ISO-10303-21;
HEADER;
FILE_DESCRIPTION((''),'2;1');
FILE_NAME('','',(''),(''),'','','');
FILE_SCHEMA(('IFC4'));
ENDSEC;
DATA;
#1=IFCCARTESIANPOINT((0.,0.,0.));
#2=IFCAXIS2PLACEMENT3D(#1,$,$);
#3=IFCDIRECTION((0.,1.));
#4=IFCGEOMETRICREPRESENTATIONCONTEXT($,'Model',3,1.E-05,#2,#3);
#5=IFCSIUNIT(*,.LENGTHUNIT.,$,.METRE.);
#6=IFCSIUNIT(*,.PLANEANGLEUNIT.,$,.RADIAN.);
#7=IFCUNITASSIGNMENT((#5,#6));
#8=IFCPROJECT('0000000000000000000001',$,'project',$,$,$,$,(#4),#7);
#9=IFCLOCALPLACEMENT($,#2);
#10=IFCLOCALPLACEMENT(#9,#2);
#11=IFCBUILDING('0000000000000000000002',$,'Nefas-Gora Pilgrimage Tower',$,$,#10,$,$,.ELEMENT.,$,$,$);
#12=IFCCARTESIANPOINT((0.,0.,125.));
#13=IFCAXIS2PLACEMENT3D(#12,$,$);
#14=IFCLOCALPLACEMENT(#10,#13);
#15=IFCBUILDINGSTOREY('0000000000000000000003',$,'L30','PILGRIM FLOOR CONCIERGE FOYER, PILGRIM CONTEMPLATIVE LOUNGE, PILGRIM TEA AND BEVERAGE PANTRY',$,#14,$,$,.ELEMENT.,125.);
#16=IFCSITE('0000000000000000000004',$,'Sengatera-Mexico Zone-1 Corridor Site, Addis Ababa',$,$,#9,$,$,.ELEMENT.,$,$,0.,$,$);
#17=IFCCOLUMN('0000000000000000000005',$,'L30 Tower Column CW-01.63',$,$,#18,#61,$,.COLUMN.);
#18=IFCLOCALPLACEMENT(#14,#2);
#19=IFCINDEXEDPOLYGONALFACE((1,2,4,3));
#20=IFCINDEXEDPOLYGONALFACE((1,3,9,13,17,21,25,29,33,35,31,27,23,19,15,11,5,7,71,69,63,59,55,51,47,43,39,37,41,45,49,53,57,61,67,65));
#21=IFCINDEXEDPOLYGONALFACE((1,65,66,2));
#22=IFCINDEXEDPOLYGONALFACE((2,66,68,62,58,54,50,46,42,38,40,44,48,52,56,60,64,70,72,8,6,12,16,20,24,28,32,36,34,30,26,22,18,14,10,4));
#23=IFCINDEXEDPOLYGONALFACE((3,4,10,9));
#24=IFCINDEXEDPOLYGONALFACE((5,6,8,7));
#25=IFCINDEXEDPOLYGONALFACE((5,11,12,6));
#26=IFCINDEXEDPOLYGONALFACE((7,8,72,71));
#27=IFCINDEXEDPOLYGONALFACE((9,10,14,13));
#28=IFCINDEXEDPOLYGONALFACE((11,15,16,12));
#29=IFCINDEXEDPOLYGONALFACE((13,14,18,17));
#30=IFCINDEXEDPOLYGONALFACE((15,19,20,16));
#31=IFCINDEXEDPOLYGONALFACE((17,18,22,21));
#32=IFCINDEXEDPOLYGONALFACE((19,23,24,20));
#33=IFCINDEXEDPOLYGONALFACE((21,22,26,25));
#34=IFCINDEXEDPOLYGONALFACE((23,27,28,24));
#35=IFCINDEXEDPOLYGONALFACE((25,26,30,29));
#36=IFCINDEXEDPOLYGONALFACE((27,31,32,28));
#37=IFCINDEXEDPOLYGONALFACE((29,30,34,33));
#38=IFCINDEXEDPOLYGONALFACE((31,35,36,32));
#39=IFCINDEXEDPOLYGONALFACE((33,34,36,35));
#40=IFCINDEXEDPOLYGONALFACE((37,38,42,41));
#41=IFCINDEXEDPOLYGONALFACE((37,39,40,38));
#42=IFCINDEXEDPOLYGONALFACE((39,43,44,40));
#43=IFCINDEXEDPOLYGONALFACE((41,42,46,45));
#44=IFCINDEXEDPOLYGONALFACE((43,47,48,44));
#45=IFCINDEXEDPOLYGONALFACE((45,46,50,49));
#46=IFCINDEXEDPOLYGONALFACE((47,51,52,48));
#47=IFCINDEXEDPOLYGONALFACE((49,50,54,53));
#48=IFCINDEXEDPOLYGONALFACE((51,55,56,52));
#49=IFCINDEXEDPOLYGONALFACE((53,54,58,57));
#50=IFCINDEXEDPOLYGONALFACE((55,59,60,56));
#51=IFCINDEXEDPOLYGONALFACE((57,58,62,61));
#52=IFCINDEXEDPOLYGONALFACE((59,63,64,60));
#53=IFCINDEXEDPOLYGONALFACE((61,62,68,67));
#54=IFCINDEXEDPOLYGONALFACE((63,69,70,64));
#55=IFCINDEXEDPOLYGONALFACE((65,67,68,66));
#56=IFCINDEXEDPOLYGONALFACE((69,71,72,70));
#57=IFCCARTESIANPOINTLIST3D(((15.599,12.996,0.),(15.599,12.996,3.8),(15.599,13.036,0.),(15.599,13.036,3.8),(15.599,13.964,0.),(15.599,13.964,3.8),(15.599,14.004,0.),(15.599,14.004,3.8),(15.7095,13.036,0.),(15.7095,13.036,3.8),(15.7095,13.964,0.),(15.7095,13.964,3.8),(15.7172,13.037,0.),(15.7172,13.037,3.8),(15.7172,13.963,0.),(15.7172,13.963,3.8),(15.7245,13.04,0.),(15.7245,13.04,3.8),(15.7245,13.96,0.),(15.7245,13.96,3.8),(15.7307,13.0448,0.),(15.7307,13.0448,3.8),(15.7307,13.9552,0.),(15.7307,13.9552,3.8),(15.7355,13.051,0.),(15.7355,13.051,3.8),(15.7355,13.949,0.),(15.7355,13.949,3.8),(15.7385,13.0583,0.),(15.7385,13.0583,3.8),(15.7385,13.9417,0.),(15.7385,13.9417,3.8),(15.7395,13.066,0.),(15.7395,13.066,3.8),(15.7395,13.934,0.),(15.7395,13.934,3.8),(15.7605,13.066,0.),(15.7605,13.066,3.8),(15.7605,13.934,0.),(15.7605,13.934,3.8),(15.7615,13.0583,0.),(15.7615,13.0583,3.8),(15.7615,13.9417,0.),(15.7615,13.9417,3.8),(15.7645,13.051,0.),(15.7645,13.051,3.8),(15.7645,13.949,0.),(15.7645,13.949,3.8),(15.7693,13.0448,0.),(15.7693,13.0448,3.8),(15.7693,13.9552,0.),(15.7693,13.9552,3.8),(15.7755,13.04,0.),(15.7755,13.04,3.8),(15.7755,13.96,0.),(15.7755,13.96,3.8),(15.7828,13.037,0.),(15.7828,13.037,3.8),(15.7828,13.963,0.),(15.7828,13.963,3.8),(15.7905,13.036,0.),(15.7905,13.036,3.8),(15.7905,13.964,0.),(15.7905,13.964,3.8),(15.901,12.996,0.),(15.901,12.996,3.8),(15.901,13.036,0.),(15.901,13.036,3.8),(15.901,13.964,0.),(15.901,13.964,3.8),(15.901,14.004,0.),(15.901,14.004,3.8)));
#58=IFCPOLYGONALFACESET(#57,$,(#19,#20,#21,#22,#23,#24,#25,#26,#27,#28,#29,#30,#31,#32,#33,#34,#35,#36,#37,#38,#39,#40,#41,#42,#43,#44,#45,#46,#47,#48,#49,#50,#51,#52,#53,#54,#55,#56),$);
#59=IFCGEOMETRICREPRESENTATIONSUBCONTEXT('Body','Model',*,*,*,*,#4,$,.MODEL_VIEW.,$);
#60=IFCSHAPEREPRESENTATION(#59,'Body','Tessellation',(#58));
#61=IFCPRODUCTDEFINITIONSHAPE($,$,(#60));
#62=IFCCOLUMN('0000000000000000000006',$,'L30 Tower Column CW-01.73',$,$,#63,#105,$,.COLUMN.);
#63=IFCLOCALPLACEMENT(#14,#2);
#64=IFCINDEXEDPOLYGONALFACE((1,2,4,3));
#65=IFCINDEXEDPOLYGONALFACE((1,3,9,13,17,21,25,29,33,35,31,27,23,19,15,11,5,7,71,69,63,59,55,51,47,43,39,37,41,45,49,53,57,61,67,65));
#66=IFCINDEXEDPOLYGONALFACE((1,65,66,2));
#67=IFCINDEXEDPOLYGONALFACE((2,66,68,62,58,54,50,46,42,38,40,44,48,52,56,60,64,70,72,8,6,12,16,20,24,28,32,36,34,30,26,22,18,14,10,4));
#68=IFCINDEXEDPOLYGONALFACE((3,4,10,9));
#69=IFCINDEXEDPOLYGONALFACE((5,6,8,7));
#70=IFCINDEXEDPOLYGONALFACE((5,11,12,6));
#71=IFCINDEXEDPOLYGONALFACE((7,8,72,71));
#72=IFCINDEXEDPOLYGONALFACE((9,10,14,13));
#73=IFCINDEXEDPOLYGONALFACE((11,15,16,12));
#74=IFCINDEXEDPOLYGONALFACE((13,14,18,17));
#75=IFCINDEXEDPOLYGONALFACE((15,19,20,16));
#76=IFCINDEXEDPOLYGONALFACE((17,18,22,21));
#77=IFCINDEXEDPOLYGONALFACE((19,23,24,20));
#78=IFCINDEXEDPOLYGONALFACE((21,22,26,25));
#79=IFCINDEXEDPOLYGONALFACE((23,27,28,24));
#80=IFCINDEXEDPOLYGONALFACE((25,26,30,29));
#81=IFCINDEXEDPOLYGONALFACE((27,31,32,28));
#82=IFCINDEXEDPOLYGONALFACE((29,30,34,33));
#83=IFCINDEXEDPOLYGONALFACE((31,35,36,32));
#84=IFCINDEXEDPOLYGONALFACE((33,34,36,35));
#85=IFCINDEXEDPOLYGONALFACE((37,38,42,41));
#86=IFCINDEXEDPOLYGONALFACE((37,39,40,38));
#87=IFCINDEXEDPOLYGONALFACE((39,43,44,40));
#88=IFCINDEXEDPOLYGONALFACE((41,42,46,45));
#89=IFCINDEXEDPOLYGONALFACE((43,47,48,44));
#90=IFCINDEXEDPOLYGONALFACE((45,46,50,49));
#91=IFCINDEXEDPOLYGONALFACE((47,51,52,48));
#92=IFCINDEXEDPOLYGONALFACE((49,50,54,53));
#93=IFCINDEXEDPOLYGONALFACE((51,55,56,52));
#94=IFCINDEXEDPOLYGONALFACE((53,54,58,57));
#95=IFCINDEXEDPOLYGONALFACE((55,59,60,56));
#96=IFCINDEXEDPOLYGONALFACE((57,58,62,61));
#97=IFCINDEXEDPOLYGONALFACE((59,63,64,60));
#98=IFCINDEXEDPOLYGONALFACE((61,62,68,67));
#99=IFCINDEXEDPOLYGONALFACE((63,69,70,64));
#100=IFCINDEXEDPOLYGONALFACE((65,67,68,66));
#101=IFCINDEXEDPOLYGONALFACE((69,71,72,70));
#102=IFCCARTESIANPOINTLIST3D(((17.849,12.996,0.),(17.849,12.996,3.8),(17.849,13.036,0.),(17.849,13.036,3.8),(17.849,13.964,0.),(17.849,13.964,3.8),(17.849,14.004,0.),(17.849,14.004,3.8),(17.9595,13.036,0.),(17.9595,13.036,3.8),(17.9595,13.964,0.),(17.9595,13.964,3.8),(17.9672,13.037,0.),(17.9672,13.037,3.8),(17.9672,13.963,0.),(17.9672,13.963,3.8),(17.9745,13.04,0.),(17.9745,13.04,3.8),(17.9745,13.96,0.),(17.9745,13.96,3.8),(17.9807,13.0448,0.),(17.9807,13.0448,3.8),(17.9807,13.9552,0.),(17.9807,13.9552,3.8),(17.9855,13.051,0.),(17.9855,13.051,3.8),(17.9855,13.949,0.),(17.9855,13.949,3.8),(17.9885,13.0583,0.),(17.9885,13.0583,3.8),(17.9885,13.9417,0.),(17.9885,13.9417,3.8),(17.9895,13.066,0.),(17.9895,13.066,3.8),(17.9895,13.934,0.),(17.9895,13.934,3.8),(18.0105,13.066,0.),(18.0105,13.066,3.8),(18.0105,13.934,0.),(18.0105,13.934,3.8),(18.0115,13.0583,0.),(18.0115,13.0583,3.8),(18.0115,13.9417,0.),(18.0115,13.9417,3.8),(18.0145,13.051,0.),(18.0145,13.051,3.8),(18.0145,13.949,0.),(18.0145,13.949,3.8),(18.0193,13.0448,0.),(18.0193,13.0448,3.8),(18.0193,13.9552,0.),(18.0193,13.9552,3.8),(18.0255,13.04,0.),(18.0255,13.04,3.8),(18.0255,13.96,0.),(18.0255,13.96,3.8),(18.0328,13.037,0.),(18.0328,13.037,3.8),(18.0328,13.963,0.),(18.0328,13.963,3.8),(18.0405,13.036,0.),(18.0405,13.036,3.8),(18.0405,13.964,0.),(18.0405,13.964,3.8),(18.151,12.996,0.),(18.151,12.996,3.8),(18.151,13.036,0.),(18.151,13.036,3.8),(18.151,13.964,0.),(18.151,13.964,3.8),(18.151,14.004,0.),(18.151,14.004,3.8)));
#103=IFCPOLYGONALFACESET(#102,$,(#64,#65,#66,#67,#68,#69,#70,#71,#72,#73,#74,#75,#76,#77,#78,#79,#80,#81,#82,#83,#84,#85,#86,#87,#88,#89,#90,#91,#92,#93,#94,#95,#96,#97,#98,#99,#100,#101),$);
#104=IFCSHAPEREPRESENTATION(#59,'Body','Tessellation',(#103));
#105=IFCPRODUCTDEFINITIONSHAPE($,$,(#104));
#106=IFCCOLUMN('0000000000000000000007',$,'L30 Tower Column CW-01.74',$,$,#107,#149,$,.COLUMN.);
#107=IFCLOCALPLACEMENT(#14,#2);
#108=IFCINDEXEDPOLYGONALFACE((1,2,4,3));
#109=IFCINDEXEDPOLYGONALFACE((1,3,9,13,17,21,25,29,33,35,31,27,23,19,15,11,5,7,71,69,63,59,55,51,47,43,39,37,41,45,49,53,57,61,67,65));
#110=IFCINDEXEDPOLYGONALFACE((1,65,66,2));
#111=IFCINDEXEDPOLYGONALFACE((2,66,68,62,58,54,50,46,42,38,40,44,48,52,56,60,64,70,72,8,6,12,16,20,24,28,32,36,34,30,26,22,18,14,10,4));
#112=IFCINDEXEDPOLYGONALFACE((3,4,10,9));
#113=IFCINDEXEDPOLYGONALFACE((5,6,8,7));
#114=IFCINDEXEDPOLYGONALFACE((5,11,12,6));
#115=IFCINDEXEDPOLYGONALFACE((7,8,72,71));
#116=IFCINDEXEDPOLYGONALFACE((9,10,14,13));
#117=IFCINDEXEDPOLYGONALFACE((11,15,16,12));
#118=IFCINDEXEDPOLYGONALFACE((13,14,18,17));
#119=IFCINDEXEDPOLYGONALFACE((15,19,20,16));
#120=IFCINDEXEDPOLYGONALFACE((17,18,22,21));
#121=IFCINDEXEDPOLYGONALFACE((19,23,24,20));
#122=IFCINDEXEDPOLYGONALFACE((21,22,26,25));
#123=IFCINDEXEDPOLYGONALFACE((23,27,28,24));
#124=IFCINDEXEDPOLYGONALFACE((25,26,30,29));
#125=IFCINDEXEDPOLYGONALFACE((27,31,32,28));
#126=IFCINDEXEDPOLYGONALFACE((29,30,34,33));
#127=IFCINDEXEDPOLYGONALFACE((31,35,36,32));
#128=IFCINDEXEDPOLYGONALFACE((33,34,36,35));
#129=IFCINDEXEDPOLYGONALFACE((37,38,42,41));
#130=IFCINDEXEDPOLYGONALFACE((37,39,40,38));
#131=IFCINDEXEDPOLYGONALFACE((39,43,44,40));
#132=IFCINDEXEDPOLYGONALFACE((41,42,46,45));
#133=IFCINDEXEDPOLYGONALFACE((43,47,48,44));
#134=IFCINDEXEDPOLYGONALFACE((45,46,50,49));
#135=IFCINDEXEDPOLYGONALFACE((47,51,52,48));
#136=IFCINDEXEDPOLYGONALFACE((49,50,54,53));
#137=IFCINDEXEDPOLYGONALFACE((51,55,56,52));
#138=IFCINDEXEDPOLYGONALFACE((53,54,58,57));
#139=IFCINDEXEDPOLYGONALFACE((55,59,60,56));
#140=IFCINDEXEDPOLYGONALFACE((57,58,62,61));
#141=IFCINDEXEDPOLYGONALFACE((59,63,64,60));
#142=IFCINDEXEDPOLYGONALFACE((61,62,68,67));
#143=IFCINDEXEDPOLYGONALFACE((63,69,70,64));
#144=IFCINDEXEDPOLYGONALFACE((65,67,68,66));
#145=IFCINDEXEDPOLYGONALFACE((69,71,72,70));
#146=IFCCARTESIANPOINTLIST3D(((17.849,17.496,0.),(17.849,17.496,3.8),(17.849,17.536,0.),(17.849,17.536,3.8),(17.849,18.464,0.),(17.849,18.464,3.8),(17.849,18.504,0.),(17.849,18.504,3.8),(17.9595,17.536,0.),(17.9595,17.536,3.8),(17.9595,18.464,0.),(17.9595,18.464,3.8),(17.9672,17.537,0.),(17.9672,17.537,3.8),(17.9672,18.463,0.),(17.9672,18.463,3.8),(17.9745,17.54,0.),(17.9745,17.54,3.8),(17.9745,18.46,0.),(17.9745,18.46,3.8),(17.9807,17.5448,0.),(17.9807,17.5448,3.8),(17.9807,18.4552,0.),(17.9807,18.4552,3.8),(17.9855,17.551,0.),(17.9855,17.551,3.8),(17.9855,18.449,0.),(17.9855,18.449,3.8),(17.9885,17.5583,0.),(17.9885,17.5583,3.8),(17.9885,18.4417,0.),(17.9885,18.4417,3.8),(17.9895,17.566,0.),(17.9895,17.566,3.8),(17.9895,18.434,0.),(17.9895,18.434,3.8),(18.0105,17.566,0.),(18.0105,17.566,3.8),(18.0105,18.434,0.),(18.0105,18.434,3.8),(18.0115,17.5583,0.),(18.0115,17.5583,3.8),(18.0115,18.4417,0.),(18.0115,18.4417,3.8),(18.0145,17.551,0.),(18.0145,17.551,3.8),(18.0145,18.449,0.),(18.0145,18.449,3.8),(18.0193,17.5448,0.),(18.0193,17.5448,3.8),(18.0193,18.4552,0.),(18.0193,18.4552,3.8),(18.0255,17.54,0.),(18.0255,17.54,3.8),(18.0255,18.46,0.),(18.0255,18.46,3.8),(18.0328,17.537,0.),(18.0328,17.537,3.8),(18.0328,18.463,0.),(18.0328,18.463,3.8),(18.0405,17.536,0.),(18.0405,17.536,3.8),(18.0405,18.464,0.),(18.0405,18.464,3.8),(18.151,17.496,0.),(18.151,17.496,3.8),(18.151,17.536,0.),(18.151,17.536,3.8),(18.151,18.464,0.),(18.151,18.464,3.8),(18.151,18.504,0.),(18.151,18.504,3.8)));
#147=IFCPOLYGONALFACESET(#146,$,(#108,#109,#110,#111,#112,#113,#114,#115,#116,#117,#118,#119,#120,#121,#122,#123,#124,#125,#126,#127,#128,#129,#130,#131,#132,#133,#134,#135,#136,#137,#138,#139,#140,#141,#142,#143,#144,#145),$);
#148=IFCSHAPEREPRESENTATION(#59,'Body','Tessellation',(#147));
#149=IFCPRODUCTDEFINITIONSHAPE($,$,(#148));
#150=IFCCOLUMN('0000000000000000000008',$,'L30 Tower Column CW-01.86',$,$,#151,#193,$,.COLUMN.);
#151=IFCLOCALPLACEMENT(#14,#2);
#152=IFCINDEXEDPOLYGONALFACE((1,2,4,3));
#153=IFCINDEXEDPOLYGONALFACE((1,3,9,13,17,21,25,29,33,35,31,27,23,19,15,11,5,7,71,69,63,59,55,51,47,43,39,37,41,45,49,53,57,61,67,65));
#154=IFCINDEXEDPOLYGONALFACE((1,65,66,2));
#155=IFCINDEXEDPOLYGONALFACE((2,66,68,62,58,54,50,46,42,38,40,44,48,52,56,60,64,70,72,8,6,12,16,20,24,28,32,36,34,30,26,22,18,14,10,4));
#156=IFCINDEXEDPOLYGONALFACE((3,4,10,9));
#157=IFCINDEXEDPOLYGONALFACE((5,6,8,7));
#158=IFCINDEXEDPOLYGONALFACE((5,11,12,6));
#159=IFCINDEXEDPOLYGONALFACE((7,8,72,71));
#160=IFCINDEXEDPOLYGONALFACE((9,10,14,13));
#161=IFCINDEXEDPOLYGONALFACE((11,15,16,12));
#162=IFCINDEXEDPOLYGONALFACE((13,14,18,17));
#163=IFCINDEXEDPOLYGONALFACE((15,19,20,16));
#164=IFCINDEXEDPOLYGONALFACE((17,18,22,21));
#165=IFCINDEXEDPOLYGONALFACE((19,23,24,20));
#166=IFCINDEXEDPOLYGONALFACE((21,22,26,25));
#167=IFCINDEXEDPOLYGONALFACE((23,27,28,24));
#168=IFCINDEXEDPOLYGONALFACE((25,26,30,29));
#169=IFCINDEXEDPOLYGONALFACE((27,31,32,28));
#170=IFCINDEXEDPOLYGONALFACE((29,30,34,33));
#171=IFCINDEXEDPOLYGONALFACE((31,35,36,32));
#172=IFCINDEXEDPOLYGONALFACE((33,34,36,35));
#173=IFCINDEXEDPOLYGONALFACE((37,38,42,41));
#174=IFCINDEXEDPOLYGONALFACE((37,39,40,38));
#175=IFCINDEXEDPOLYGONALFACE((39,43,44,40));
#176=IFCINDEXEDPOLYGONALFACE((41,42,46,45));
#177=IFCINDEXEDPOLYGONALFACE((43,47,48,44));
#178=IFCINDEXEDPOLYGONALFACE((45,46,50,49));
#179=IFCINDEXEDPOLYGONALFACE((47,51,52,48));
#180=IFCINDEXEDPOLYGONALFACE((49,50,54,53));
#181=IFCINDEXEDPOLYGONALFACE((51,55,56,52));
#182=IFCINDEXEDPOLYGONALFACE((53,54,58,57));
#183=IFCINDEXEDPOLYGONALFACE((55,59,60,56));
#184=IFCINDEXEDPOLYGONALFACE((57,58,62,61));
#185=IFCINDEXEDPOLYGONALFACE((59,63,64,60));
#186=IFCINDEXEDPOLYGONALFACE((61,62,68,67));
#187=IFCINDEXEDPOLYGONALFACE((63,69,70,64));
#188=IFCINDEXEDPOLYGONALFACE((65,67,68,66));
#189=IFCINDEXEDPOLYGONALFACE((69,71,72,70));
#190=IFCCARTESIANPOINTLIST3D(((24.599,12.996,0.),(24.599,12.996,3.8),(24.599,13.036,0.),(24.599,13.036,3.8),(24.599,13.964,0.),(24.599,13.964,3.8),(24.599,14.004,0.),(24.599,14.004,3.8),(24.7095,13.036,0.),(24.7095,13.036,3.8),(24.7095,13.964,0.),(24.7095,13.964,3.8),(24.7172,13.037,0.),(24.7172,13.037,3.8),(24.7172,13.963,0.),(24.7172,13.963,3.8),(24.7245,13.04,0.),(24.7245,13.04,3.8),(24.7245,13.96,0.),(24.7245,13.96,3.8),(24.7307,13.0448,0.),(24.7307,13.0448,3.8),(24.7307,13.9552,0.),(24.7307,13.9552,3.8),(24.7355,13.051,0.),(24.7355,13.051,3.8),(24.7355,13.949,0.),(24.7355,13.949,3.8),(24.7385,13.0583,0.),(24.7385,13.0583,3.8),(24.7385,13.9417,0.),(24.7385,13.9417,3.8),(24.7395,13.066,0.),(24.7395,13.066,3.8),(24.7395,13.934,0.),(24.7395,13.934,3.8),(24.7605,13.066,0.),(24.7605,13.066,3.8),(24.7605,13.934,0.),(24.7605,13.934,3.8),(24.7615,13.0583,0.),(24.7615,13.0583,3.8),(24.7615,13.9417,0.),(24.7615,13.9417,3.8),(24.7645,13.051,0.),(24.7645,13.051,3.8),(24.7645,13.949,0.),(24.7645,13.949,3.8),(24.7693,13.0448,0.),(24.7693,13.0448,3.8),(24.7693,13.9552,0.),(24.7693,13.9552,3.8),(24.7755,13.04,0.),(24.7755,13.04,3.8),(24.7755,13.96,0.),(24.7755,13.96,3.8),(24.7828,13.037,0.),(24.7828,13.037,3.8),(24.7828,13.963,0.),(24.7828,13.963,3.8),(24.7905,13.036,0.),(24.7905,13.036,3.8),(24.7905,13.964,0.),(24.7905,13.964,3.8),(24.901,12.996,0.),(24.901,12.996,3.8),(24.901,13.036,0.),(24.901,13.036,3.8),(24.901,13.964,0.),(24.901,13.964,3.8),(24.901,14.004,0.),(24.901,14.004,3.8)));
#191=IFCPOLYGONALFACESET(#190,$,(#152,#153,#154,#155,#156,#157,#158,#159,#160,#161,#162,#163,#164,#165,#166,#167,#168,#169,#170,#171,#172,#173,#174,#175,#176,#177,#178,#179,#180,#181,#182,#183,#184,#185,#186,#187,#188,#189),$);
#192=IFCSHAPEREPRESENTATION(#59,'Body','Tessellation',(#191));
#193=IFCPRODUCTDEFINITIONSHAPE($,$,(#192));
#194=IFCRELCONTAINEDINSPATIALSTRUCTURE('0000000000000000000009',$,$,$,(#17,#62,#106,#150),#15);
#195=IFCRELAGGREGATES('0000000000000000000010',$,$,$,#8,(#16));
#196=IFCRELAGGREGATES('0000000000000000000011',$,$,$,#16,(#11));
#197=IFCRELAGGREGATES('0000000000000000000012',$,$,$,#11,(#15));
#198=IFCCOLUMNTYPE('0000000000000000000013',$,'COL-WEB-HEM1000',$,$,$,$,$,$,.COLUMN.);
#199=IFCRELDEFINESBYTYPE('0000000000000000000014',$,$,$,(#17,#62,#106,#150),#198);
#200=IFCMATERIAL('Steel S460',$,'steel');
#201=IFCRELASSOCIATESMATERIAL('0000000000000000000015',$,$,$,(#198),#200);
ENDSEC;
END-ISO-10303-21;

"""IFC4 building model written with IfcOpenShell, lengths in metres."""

from ifc_helpers import new_model, si_unit, direction, frame, origin, origin_2d, place, context, subcontext, project, spatial, i_section, extrude, source, transform, mapped, material, material_profile, profile_set, type_object, element, save


model = new_model("IFC4")

# Units and contexts
model_context = context("Model", 3, precision=1e-05, world=origin(), true_north=direction((0.0, 1.0)))
body_context = subcontext(model_context, "Body", "Model", "MODEL_VIEW")
ifc_project = project(units=[si_unit("LENGTHUNIT", "METRE"), si_unit("PLANEANGLEUNIT", "RADIAN")], contexts=[model_context])

# Site, building, storey
site_placement = place(None, origin())
site = spatial("IfcSite", under=ifc_project, at=site_placement, Name="Sengatera-Mexico Zone-1 Corridor Site, Addis Ababa", CompositionType="ELEMENT", RefElevation=0.0)
building_placement = place(site_placement, origin())
building = spatial("IfcBuilding", under=site, at=building_placement, Name="Nefas-Gora Pilgrimage Tower", CompositionType="ELEMENT")
storey_placement = place(building_placement, frame((0.0, 0.0, 125.0)))
storey = spatial("IfcBuildingStorey", under=building, at=storey_placement, Name="L30", Description="PILGRIM FLOOR CONCIERGE FOYER, PILGRIM CONTEMPLATIVE LOUNGE, PILGRIM TEA AND BEVERAGE PANTRY", CompositionType="ELEMENT", Elevation=125.0)

# Columns
ifc_material_1 = material(Name="Steel S460", Category="steel")
ifc_material_profile_1 = material_profile(ifc_material_1, i_section(OverallWidth=0.302, OverallDepth=1.0081, WebThickness=0.021, FlangeThickness=0.04, FilletRadius=0.03, at=origin_2d()), Name="HEM 1000")
ifc_profile_set_1 = profile_set([ifc_material_profile_1], Name="Steel S460")
column_type_1 = type_object("IfcColumnType", Name="COL-WEB-HEM1000", PredefinedType="COLUMN", material=ifc_profile_set_1)
shared_shape_1 = source(origin(), body_context, "Body", "SweptSolid", [
    extrude(i_section(OverallWidth=0.302, OverallDepth=1.0081, WebThickness=0.021, FlangeThickness=0.04, FilletRadius=0.03, at=origin_2d()), origin(), (0.0, 0.0, 1.0), 3.8),
])
for number, where, z_axis, x_axis, name in (
    (1, (15.75, 13.5, 0.0), (0.0, 0.0, 1.0), (1.0, 0.0, 0.0), "L30 Tower Column CW-01.63"),
    (2, (18.0, 13.5, 0.0), (0.0, 0.0, 1.0), (1.0, 0.0, 0.0), "L30 Tower Column CW-01.73"),
    (3, (18.0, 18.0, 0.0), (0.0, 0.0, 1.0), (1.0, 0.0, 0.0), "L30 Tower Column CW-01.74"),
    (4, (24.75, 13.5, 0.0), (0.0, 0.0, 1.0), (1.0, 0.0, 0.0), "L30 Tower Column CW-01.86"),
):
    element("IfcColumn", number, at=place(storey_placement, frame(where, z_axis=z_axis, x_axis=x_axis)), inside=storey, type_object=column_type_1, Name=name, PredefinedType="COLUMN", context=body_context, shape_type="MappedRepresentation", body=[
        mapped(shared_shape_1, transform((0.0, 0.0, 0.0), x_axis=(1.0, 0.0, 0.0), y_axis=(0.0, 1.0, 0.0), z_axis=(0.0, 0.0, 1.0), scale=1.0)),
    ])

save(model, "model.ifc")
